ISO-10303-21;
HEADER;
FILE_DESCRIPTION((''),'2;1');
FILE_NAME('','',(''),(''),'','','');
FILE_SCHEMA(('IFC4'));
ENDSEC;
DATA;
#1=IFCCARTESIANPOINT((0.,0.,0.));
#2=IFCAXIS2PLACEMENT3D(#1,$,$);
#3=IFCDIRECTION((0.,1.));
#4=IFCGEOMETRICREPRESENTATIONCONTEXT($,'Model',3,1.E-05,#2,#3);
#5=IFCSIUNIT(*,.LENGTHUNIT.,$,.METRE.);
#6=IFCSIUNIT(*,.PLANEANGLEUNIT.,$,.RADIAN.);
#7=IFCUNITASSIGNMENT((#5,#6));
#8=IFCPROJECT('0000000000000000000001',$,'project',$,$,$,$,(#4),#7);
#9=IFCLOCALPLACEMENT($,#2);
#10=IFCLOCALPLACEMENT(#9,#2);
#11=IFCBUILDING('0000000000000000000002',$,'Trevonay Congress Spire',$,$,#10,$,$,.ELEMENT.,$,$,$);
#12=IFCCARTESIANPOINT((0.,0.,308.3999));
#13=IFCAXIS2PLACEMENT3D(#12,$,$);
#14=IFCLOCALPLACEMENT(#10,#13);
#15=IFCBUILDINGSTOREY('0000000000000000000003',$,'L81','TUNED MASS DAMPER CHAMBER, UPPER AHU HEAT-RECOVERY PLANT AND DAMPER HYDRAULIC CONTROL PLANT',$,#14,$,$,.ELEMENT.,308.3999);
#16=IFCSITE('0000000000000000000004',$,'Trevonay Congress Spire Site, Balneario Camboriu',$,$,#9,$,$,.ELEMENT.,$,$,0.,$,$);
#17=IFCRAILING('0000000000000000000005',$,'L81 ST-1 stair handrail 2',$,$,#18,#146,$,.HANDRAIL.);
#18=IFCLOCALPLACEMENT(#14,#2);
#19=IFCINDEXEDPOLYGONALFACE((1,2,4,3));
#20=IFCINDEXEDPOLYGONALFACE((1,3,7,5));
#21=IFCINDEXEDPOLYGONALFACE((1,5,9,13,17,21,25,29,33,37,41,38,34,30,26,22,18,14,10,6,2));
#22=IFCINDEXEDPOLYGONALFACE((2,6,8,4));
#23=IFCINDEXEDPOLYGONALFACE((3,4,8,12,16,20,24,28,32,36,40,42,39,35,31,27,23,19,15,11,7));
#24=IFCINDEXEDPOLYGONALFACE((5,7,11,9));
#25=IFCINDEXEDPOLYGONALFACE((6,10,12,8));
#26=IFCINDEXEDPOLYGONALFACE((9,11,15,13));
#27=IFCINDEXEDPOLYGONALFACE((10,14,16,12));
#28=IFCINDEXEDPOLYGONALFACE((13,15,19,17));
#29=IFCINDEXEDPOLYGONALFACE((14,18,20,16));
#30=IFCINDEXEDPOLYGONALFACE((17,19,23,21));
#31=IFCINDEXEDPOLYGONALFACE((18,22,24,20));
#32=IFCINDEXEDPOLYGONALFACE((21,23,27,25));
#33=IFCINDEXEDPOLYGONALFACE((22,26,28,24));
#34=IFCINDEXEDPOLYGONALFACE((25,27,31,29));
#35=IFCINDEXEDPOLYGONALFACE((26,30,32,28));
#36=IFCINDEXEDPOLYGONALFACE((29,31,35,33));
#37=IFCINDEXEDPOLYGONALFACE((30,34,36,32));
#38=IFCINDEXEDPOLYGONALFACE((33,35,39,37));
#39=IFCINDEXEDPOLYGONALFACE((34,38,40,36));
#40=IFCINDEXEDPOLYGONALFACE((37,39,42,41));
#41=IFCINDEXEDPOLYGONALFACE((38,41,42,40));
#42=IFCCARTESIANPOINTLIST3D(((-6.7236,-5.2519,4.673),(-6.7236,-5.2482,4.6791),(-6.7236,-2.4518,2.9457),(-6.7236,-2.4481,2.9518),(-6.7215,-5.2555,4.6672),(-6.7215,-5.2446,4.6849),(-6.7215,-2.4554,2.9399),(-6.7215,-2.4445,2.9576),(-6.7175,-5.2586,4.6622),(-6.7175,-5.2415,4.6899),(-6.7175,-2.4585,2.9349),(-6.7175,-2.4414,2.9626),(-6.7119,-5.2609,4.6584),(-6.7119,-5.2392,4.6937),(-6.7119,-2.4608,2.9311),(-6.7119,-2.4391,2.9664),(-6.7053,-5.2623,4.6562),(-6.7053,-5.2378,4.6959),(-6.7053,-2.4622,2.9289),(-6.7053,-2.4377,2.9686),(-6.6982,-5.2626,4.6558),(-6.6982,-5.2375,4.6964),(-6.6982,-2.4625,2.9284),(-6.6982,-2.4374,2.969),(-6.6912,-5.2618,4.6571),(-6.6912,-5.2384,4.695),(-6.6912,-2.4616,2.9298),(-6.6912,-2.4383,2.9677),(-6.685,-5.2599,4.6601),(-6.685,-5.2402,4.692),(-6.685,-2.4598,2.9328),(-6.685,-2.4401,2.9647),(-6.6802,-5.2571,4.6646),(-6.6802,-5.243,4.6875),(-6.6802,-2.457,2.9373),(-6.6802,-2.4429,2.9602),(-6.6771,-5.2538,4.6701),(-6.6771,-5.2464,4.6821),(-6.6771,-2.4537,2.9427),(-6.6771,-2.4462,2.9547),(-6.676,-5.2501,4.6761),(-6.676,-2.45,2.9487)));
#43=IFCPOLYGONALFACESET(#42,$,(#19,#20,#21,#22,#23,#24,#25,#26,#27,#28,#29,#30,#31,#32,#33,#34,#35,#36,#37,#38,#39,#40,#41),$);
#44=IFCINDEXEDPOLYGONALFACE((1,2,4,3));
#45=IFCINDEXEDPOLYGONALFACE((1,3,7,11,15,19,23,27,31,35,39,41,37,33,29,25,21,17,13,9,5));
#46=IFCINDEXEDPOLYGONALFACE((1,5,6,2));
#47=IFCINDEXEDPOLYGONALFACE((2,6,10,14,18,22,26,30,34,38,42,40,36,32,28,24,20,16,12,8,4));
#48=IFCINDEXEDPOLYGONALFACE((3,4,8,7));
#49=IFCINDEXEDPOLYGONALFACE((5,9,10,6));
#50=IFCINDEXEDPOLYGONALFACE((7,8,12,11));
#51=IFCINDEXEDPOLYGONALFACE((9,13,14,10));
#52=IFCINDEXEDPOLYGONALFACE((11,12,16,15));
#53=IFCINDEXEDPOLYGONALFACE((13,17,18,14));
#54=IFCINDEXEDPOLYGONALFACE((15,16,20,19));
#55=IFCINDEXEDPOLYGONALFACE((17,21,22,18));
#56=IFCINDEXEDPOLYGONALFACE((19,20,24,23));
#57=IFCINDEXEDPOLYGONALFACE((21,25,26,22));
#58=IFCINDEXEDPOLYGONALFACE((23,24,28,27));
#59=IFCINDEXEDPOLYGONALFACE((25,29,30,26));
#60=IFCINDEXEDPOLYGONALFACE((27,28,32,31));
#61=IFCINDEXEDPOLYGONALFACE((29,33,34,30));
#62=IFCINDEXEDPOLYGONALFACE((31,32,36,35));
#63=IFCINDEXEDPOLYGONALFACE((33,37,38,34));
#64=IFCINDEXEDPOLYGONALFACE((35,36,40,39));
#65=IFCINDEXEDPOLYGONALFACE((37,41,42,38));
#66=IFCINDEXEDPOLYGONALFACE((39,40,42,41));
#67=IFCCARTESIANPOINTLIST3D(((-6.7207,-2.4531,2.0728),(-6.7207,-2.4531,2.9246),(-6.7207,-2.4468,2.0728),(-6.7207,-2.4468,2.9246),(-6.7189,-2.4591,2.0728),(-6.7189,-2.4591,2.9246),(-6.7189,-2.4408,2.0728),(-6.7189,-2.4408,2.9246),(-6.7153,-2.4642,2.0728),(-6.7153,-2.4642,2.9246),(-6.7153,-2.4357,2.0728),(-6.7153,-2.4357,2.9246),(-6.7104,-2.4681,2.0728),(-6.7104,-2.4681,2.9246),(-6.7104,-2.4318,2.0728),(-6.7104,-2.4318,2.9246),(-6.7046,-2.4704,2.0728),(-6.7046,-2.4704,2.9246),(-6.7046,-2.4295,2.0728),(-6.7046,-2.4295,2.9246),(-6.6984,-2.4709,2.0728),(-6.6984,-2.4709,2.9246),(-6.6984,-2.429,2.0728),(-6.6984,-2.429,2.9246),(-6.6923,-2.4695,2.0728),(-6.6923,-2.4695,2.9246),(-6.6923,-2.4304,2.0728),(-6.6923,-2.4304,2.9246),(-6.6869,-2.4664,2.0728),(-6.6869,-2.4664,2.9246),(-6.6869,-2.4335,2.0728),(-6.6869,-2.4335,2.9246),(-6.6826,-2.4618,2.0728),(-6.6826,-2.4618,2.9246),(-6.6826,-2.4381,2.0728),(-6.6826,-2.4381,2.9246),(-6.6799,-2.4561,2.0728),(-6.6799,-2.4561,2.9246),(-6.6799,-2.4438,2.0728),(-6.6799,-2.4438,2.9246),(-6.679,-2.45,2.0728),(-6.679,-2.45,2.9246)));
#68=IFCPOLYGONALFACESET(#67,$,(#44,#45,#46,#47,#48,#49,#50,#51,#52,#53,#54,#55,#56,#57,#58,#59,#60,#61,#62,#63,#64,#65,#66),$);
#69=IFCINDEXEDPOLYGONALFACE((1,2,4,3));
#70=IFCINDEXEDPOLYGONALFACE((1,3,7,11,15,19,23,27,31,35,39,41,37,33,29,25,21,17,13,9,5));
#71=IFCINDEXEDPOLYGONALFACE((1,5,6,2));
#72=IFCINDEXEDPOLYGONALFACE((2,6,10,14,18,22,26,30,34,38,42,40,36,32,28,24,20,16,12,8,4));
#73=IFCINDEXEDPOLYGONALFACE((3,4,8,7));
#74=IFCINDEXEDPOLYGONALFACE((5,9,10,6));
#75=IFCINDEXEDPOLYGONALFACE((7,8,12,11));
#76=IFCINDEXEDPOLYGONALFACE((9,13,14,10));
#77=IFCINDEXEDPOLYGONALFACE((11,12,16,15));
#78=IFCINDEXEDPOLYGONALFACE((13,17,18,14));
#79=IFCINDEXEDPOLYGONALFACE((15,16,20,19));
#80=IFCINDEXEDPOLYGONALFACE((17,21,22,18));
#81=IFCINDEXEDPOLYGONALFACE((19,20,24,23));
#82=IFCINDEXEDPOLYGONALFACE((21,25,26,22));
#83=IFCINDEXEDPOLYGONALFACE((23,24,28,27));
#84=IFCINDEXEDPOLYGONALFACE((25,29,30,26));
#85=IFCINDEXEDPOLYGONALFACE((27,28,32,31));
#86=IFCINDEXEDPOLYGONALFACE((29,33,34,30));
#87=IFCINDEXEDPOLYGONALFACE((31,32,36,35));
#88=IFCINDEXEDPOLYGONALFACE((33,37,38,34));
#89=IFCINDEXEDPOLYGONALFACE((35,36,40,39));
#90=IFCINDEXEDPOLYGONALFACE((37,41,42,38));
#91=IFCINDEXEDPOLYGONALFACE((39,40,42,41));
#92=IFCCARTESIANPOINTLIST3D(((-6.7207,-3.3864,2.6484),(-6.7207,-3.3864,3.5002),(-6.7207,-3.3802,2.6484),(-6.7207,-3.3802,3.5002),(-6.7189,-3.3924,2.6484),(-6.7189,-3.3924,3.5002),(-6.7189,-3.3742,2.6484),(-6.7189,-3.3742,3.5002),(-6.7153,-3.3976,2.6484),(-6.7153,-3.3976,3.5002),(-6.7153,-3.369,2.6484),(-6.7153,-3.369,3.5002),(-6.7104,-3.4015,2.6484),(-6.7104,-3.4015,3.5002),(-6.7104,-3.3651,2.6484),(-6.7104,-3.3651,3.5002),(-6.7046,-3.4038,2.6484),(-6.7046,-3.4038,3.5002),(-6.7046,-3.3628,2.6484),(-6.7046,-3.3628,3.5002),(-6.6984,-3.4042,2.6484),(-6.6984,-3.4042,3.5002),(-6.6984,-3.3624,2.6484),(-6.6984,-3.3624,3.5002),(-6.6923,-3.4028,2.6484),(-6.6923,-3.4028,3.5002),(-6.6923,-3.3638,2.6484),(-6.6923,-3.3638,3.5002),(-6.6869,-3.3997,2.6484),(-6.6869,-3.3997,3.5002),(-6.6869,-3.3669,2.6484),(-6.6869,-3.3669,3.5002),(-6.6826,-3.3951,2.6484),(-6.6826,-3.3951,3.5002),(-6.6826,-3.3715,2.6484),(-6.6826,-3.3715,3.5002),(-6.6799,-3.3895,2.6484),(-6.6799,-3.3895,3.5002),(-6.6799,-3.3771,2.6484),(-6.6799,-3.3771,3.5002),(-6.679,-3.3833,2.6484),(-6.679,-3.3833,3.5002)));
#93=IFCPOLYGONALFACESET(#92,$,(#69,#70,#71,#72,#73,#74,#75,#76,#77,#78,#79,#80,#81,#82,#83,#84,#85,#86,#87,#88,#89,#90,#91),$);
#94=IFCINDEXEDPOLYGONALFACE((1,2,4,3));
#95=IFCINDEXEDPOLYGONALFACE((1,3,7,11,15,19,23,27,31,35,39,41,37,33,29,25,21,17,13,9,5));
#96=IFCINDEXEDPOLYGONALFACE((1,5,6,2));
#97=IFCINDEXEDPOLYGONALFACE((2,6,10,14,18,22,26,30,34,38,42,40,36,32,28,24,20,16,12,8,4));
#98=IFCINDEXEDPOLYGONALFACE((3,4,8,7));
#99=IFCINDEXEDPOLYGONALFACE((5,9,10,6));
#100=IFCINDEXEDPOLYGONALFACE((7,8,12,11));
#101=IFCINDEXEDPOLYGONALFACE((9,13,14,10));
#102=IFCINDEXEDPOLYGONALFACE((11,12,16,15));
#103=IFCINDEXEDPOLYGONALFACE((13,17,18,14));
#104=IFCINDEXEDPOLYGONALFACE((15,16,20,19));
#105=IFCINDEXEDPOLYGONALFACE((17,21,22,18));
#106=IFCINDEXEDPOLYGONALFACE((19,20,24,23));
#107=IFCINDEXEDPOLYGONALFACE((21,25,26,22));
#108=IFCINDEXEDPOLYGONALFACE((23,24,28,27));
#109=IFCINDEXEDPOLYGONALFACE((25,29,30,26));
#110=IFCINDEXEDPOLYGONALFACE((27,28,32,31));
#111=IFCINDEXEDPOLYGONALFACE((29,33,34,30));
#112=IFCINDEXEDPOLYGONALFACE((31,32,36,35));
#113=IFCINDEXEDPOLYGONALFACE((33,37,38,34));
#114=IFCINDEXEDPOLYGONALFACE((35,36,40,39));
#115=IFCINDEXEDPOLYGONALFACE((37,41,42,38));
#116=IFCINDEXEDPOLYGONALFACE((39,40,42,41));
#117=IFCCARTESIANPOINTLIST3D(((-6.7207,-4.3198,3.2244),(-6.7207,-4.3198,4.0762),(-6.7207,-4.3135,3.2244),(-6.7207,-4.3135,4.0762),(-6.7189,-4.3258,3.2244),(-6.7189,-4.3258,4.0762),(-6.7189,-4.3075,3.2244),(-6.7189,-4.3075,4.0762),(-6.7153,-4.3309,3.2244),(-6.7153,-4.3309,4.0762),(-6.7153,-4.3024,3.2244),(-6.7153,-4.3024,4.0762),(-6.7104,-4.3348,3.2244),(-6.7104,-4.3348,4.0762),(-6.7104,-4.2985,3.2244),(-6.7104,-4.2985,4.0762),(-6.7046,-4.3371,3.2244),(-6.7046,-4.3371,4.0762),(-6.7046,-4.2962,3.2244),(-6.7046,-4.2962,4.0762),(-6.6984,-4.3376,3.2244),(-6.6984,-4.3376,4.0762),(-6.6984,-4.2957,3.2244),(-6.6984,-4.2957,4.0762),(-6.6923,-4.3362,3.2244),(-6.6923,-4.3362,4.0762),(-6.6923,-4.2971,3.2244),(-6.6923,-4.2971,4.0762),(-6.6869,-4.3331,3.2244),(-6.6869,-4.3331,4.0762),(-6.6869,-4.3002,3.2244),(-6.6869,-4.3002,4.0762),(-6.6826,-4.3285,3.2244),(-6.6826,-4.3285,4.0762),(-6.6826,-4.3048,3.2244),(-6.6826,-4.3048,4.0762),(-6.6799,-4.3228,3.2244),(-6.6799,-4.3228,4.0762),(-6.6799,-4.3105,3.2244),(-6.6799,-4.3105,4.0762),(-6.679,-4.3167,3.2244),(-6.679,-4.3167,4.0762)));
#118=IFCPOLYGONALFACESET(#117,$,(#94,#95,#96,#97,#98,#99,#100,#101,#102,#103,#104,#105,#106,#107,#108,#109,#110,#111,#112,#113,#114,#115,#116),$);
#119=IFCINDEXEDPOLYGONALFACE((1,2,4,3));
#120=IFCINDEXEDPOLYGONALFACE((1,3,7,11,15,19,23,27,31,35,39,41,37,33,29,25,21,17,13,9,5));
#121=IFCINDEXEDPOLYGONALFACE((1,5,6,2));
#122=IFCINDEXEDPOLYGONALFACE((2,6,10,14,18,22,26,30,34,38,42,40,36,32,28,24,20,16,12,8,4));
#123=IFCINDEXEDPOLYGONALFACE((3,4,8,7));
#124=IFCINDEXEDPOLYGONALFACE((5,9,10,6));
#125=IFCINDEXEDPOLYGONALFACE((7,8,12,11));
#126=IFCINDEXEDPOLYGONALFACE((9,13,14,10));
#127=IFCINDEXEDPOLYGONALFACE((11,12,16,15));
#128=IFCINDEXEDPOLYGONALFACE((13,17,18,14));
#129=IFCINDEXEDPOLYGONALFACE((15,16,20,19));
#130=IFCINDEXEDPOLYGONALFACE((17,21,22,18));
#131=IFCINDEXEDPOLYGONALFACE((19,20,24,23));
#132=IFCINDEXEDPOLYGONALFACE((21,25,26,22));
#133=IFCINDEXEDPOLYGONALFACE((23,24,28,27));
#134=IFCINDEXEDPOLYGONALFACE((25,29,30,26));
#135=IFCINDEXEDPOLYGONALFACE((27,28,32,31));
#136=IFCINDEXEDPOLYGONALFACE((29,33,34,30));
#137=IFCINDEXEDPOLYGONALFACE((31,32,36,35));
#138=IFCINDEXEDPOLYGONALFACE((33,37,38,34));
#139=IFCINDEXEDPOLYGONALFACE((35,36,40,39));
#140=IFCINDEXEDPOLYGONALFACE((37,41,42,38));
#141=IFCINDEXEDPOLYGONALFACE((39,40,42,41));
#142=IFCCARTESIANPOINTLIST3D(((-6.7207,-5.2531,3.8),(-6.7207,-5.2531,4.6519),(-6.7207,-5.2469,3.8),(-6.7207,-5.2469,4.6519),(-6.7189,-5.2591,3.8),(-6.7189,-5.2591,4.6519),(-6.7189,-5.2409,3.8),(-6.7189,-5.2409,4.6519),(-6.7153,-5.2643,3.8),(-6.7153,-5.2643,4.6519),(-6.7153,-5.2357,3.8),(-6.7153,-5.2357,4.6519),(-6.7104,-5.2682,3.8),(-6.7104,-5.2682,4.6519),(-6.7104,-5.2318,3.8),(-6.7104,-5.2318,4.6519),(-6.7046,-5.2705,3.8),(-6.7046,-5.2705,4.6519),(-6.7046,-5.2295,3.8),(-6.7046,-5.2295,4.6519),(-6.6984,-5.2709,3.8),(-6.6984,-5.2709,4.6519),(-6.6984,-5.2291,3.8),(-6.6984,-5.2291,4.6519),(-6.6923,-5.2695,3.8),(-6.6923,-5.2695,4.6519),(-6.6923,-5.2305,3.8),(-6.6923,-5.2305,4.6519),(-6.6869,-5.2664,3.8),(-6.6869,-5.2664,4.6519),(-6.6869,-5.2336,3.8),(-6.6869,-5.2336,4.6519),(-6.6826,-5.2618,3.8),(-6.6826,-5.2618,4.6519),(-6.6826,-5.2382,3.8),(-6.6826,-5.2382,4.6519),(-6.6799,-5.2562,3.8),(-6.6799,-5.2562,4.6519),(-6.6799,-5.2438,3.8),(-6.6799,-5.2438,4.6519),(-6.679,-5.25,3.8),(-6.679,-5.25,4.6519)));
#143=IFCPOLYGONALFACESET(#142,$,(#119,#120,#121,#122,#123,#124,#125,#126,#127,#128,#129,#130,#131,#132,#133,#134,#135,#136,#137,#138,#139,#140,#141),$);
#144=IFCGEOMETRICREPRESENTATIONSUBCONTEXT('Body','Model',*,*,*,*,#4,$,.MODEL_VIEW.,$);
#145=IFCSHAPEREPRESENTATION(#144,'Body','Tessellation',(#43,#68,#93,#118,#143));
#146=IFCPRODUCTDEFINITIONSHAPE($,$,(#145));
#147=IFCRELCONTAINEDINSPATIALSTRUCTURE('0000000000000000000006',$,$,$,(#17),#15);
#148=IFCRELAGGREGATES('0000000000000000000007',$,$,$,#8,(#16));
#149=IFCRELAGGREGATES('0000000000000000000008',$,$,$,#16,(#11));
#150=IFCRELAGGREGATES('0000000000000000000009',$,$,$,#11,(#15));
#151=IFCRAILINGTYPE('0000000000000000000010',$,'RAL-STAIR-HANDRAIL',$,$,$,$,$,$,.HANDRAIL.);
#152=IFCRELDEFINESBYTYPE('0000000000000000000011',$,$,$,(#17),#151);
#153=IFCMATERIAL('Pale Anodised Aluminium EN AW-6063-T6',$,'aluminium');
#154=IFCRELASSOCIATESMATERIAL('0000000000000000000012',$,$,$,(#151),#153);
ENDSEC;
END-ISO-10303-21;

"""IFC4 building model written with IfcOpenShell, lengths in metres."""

from ifc_helpers import new_model, si_unit, direction, frame, origin, origin_2d, place, context, subcontext, project, spatial, circle, extrude, material, type_object, element, save


model = new_model("IFC4")

# Units and contexts
model_context = context("Model", 3, precision=1e-05, world=origin(), true_north=direction((0.0, 1.0)))
body_context = subcontext(model_context, "Body", "Model", "MODEL_VIEW")
ifc_project = project(units=[si_unit("LENGTHUNIT", "METRE"), si_unit("PLANEANGLEUNIT", "RADIAN")], contexts=[model_context])

# Site, building, storey
site_placement = place(None, origin())
site = spatial("IfcSite", under=ifc_project, at=site_placement, Name="Trevonay Congress Spire Site, Balneario Camboriu", CompositionType="ELEMENT", RefElevation=0.0)
building_placement = place(site_placement, origin())
building = spatial("IfcBuilding", under=site, at=building_placement, Name="Trevonay Congress Spire", CompositionType="ELEMENT")
storey_placement = place(building_placement, frame((0.0, 0.0, 308.3999)))
storey = spatial("IfcBuildingStorey", under=building, at=storey_placement, Name="L81", Description="TUNED MASS DAMPER CHAMBER, UPPER AHU HEAT-RECOVERY PLANT AND DAMPER HYDRAULIC CONTROL PLANT", CompositionType="ELEMENT", Elevation=308.3999)

# Railing
ifc_material_1 = material(Name="Pale Anodised Aluminium EN AW-6063-T6", Category="aluminium")
railing_type_1 = type_object("IfcRailingType", Name="RAL-STAIR-HANDRAIL", PredefinedType="HANDRAIL", material=ifc_material_1)
railing_1_placement = place(storey_placement, frame((-6.7, -2.45, 2.0728)))
element("IfcRailing", 1, at=railing_1_placement, inside=storey, type_object=railing_type_1, Name="L81 ST-1 stair handrail 2", PredefinedType="HANDRAIL", context=body_context, shape_type="SweptSolid", body=[
    extrude(circle(Radius=0.0239, at=origin_2d()), frame((0.0, 0.0, 0.876), z_axis=(0.0, -0.85109, 0.52502), x_axis=(1.0, 0.0, 0.0)), (0.0, 0.0, 1.0), 3.29),
    extrude(circle(Radius=0.021, at=origin_2d()), origin(), (0.0, 0.0, 1.0), 0.8518),
    extrude(circle(Radius=0.021, at=origin_2d()), frame((0.0, -0.9333, 0.5757)), (0.0, 0.0, 1.0), 0.8518),
    extrude(circle(Radius=0.021, at=origin_2d()), frame((0.0, -1.8667, 1.1516)), (0.0, 0.0, 1.0), 0.8518),
    extrude(circle(Radius=0.021, at=origin_2d()), frame((0.0, -2.8, 1.7273)), (0.0, 0.0, 1.0), 0.8518),
])

save(model, "model.ifc")
